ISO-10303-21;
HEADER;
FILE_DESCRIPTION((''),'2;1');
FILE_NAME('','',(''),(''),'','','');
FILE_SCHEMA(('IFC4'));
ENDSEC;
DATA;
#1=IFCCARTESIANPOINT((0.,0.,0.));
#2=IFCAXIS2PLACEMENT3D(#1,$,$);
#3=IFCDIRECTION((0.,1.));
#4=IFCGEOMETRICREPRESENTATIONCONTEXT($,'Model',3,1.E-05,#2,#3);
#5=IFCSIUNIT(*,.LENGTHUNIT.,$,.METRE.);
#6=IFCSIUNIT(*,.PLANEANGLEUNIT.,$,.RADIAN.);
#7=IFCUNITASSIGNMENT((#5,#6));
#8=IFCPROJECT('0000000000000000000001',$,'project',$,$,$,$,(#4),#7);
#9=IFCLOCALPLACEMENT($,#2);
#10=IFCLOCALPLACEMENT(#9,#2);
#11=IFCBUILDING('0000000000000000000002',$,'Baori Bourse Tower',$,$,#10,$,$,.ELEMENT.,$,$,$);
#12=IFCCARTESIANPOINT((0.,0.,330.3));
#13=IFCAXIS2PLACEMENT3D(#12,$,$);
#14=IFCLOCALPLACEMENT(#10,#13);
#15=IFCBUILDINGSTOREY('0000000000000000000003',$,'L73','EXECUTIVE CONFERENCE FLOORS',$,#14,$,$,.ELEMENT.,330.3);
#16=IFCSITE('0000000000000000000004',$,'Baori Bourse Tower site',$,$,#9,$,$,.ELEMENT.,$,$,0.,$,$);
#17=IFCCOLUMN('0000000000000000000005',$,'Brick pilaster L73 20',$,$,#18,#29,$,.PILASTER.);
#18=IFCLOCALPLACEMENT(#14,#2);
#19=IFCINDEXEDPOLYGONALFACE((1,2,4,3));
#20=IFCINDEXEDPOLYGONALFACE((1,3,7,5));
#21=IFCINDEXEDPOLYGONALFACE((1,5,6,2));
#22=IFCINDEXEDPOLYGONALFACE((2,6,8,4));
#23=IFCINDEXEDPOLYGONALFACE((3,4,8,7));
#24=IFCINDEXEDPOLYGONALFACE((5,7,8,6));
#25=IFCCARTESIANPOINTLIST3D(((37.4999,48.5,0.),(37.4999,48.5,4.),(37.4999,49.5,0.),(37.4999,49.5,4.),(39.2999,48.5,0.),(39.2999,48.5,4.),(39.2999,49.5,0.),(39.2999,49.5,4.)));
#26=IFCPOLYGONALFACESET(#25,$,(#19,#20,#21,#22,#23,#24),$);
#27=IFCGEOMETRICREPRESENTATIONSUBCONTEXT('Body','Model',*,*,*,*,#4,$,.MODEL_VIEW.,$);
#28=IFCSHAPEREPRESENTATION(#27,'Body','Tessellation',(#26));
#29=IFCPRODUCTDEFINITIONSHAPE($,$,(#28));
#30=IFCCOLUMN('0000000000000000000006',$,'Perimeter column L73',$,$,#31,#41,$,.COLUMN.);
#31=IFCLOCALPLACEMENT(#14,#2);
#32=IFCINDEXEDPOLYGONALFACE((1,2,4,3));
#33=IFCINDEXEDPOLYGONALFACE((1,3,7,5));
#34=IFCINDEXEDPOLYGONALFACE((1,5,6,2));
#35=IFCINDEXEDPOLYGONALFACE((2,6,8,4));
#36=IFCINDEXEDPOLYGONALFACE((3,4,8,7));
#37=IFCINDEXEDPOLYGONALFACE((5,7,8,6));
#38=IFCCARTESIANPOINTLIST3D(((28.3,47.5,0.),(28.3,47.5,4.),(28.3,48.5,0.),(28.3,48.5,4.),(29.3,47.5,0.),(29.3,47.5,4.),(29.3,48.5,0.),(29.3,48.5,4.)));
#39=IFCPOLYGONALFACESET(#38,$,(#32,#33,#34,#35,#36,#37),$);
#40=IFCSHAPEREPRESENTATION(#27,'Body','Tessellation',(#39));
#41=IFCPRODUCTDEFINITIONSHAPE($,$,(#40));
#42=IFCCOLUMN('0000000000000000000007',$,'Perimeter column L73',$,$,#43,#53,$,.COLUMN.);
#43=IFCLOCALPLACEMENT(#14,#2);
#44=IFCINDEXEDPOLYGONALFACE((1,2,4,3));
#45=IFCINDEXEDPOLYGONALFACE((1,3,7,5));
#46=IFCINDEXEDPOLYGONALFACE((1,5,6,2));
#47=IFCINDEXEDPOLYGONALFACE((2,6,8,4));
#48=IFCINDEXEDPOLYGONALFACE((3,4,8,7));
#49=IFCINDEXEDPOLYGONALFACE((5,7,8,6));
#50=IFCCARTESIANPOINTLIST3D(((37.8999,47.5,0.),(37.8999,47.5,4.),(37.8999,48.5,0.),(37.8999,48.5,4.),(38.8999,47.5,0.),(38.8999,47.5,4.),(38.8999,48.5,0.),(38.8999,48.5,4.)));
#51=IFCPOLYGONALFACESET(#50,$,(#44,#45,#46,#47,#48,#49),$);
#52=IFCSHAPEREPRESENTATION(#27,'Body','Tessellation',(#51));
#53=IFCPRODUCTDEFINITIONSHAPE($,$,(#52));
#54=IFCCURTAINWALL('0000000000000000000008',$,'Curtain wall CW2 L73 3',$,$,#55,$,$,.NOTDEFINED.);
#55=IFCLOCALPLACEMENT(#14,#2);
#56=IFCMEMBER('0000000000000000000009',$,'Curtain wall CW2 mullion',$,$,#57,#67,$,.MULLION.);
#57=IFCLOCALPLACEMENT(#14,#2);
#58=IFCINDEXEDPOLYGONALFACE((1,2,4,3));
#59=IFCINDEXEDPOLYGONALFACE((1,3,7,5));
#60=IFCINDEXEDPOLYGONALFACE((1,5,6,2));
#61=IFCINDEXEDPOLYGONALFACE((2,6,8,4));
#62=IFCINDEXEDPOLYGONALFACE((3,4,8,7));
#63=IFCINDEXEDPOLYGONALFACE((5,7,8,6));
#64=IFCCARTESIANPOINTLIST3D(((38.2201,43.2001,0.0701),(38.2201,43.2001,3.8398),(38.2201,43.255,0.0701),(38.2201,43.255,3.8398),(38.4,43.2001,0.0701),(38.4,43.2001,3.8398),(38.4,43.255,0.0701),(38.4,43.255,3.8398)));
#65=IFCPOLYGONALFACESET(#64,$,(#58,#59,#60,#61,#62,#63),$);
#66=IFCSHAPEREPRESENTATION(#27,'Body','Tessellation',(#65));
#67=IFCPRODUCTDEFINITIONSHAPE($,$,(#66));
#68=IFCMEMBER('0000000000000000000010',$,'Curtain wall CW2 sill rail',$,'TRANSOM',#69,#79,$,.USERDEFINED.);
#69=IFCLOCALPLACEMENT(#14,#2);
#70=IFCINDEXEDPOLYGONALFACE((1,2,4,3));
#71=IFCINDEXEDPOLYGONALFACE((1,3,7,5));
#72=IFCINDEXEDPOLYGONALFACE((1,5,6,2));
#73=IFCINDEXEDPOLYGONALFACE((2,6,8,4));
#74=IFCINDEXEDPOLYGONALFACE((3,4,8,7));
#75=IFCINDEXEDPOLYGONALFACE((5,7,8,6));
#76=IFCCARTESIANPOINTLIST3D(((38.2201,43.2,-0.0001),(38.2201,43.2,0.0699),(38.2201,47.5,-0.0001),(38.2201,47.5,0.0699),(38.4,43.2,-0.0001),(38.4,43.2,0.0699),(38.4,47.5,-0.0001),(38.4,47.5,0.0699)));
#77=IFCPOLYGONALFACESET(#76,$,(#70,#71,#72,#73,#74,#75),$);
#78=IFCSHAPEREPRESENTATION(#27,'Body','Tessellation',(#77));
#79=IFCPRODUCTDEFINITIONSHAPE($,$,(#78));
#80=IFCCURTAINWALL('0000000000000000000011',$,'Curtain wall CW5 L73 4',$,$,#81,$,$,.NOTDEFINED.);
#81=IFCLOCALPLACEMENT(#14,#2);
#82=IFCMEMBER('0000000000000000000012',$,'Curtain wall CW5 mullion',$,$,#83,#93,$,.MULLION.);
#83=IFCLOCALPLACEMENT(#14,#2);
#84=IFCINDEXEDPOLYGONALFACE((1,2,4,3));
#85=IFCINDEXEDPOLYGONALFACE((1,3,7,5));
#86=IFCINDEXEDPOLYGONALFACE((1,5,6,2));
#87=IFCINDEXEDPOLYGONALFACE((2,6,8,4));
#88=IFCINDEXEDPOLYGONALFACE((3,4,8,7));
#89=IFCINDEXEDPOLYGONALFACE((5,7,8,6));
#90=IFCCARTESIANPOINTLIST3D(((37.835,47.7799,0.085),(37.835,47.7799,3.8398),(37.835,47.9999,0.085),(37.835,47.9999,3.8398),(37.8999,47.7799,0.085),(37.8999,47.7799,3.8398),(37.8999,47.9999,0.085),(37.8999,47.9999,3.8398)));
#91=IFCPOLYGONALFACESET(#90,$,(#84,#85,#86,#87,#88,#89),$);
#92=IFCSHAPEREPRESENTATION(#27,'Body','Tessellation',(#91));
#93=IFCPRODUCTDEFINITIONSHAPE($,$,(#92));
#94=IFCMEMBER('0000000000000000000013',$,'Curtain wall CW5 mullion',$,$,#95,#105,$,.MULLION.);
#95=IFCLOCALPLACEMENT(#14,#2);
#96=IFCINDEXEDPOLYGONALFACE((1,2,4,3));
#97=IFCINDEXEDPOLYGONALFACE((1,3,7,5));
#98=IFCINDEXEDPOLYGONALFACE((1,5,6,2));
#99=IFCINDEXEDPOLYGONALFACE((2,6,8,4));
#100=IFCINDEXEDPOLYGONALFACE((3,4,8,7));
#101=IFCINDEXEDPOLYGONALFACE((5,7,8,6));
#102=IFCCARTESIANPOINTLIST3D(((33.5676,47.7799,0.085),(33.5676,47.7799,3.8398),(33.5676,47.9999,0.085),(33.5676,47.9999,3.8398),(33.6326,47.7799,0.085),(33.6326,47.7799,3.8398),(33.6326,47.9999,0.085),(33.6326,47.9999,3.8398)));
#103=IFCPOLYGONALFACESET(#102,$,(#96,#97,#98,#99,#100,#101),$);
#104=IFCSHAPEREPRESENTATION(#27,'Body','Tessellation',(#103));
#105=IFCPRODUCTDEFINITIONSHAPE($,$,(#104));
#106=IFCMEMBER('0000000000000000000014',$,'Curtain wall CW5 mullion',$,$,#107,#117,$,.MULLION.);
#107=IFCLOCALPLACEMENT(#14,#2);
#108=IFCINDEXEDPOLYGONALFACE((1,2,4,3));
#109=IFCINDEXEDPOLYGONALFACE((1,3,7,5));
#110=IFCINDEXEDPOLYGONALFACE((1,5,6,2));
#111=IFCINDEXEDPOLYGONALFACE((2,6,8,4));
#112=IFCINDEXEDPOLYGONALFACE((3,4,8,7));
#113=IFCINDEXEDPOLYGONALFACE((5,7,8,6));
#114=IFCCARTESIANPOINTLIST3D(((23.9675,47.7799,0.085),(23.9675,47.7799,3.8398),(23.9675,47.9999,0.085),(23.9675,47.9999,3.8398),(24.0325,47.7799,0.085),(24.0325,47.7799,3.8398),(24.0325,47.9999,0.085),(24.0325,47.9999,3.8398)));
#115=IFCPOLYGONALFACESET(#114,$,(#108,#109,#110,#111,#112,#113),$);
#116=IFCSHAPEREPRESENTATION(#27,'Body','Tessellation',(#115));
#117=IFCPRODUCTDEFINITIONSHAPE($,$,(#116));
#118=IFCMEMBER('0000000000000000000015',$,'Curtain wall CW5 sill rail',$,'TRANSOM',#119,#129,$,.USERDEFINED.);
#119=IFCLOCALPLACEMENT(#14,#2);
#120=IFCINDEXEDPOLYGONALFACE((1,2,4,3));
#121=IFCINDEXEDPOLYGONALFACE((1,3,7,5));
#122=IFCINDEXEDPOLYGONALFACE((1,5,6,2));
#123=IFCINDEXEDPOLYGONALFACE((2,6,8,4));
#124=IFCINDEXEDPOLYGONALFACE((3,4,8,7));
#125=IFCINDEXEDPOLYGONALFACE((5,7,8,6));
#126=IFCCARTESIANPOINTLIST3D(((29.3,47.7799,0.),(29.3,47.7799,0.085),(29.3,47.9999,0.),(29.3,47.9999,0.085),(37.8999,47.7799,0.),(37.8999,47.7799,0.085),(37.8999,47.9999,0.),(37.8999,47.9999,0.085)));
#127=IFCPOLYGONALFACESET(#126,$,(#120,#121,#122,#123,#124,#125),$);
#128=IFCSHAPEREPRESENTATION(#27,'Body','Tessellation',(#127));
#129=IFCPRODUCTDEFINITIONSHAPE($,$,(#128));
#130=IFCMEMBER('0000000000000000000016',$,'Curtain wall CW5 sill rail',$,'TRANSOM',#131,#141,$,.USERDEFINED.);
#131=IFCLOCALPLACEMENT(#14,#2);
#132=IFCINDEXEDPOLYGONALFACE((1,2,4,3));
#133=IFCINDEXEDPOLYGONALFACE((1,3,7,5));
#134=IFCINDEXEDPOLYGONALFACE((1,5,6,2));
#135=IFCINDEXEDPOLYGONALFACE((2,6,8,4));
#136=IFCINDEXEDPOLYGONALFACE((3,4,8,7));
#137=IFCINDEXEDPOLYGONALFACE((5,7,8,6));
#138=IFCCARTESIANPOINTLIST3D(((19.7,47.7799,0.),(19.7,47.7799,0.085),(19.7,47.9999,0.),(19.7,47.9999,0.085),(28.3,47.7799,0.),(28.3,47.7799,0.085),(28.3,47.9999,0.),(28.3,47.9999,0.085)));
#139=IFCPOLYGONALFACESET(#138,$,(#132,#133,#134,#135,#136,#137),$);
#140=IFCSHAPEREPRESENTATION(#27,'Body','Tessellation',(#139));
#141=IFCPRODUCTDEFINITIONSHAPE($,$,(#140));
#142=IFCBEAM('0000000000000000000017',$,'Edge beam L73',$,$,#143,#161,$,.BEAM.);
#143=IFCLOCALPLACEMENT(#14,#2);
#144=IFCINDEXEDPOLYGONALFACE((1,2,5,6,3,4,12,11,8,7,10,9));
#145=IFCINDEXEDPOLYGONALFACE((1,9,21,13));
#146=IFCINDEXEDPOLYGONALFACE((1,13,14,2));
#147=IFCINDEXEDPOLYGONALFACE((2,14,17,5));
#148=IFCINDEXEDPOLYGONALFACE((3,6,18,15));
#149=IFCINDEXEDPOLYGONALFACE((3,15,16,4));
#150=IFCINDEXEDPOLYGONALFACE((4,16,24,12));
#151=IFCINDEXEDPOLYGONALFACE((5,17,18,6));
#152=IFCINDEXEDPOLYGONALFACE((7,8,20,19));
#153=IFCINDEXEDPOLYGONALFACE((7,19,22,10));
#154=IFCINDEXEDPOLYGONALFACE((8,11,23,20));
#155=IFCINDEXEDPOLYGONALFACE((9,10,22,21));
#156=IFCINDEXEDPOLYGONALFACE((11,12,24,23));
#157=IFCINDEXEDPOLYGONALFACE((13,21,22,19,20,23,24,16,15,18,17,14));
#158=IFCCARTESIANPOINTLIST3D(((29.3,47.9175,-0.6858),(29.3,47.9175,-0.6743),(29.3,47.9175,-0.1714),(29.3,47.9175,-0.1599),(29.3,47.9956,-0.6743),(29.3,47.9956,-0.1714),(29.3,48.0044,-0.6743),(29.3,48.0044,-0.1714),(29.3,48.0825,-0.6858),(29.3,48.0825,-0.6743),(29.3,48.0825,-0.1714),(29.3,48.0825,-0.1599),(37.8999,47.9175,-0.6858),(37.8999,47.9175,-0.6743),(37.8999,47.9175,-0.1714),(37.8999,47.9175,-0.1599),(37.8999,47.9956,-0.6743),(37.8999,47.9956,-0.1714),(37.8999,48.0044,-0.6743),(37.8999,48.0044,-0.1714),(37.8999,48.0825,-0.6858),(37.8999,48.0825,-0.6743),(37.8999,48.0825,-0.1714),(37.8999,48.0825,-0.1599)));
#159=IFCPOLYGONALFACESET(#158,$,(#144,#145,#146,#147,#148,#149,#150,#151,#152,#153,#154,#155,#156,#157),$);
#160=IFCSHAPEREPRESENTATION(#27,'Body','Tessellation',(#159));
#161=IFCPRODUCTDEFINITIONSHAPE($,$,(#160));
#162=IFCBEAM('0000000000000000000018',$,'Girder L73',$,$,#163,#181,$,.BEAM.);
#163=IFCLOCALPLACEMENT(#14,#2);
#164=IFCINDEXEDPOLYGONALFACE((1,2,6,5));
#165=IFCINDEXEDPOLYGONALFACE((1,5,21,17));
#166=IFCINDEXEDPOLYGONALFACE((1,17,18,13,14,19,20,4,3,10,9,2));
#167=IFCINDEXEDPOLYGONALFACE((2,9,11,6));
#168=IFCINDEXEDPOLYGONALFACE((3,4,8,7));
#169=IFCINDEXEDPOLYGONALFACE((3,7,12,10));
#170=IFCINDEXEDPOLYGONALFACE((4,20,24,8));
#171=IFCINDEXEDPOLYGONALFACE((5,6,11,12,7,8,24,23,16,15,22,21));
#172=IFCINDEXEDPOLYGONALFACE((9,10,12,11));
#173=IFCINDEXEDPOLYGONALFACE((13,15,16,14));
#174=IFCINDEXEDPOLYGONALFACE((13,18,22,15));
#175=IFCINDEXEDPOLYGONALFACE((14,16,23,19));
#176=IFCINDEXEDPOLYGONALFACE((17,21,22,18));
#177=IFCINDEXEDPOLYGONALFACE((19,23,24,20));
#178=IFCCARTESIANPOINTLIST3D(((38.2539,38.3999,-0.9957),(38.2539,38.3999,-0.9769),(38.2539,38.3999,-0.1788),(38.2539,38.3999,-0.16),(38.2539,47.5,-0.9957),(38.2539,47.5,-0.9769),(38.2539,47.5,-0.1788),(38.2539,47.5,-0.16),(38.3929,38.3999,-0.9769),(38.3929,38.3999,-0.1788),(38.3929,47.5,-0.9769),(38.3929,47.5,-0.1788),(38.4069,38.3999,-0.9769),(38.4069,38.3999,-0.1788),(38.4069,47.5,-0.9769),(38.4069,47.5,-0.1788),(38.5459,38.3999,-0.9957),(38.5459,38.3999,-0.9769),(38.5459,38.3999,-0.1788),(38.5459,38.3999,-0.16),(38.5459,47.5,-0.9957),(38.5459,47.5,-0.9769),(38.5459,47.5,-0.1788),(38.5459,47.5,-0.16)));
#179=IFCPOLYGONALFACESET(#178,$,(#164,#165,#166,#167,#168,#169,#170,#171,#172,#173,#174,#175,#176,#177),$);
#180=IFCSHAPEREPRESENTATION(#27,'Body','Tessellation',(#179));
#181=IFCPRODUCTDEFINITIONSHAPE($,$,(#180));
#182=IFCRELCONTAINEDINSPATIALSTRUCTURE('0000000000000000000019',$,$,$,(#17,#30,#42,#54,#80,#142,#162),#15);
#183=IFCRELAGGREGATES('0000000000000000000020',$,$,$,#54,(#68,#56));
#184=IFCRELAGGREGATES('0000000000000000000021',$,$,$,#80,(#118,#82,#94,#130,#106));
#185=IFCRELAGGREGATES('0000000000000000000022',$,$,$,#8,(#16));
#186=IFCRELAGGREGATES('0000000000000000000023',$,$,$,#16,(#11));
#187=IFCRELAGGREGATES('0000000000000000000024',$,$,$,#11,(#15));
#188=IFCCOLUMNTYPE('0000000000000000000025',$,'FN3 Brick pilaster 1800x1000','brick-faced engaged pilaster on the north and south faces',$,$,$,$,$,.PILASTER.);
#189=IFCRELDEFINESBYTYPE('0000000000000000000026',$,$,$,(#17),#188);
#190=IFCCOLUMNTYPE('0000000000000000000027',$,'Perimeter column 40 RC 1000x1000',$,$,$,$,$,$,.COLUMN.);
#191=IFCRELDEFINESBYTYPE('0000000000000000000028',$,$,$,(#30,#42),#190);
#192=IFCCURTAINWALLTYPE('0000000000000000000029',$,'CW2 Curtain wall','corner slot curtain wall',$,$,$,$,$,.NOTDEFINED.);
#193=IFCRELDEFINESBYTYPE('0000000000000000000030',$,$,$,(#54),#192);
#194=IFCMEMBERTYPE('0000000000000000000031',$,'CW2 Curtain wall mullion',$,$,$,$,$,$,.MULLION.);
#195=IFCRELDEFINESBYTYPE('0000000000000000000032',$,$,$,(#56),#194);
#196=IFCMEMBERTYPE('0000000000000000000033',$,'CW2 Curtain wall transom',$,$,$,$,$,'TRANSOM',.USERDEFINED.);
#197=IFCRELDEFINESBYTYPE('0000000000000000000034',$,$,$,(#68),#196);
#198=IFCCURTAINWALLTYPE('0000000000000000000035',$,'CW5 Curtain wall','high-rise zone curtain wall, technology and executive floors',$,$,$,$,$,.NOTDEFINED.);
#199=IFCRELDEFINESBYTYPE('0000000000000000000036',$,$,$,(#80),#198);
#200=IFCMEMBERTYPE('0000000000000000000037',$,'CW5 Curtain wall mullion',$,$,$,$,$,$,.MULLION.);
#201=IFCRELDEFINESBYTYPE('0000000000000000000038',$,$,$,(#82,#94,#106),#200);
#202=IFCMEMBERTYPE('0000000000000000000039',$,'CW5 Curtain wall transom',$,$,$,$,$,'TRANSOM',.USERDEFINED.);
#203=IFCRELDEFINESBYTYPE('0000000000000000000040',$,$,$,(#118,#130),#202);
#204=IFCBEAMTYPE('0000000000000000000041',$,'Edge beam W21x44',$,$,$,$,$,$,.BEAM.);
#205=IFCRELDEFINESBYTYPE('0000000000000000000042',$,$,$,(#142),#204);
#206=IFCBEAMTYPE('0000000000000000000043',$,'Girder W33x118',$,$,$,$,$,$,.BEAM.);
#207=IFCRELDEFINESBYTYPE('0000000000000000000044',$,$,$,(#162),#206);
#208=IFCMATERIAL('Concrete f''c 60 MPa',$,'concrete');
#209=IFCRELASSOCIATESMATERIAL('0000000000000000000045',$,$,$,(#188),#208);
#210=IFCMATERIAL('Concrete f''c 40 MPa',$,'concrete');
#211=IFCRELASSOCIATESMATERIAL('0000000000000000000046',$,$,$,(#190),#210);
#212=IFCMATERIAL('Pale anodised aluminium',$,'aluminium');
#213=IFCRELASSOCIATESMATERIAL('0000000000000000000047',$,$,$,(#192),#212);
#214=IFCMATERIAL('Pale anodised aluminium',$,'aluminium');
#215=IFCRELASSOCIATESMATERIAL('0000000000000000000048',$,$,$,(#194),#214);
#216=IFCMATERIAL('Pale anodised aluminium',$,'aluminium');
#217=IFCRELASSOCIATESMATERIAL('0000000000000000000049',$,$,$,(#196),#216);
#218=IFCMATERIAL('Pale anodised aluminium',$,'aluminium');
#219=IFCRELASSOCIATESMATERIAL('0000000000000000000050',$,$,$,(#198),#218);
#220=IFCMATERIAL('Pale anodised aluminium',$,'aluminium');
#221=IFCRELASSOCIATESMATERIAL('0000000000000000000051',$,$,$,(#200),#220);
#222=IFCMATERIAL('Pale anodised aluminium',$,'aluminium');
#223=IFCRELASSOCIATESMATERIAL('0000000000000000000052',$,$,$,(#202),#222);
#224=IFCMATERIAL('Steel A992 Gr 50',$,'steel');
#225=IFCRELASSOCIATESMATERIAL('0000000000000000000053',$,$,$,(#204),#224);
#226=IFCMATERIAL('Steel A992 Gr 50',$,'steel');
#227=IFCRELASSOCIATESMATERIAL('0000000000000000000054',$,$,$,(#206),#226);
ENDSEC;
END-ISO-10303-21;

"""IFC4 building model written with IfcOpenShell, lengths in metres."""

from ifc_helpers import new_model, si_unit, direction, frame, origin, origin_2d, place, context, subcontext, project, spatial, rectangle, i_section, extrude, material, material_profile, profile_set, type_object, element, aggregate, save


model = new_model("IFC4")

# Units and contexts
model_context = context("Model", 3, precision=1e-05, world=origin(), true_north=direction((0.0, 1.0)))
body_context = subcontext(model_context, "Body", "Model", "MODEL_VIEW")
ifc_project = project(units=[si_unit("LENGTHUNIT", "METRE"), si_unit("PLANEANGLEUNIT", "RADIAN")], contexts=[model_context])

# Site, building, storey
site_placement = place(None, origin())
site = spatial("IfcSite", under=ifc_project, at=site_placement, Name="Baori Bourse Tower site", CompositionType="ELEMENT", RefElevation=0.0)
building_placement = place(site_placement, origin())
building = spatial("IfcBuilding", under=site, at=building_placement, Name="Baori Bourse Tower", CompositionType="ELEMENT")
storey_placement = place(building_placement, frame((0.0, 0.0, 330.3)))
storey = spatial("IfcBuildingStorey", under=building, at=storey_placement, Name="L73", Description="EXECUTIVE CONFERENCE FLOORS", CompositionType="ELEMENT", Elevation=330.3)

# Columns
ifc_material_1 = material(Name="Concrete f'c 60 MPa", Category="concrete")
ifc_material_profile_1 = material_profile(ifc_material_1, rectangle(XDim=1.8, YDim=1.0, at=origin_2d()), Name="RC 1800x1000")
ifc_profile_set_1 = profile_set([ifc_material_profile_1], Name="Concrete f'c 60 MPa")
column_type_1 = type_object("IfcColumnType", Name="FN3 Brick pilaster 1800x1000", Description="brick-faced engaged pilaster on the north and south faces", PredefinedType="PILASTER", material=ifc_profile_set_1)
column_placement = place(storey_placement, frame((38.3999, 49.0, 0.0), z_axis=(0.0, 0.0, 1.0), x_axis=(1.0, 0.0, 0.0)))
element("IfcColumn", 1, at=column_placement, inside=storey, type_object=column_type_1, Name="Brick pilaster L73 20", PredefinedType="PILASTER", context=body_context, shape_type="SweptSolid", body=[
    extrude(rectangle(XDim=1.8, YDim=1.0, at=origin_2d()), origin(), (0.0, 0.0, 1.0), 4.0),
])
ifc_material_2 = material(Name="Concrete f'c 40 MPa", Category="concrete")
ifc_material_profile_2 = material_profile(ifc_material_2, rectangle(XDim=1.0, YDim=1.0, at=origin_2d()), Name="RC 1000x1000")
ifc_profile_set_2 = profile_set([ifc_material_profile_2], Name="Concrete f'c 40 MPa")
column_type_2 = type_object("IfcColumnType", Name="Perimeter column 40 RC 1000x1000", PredefinedType="COLUMN", material=ifc_profile_set_2)
for number, where, z_axis, x_axis, name in (
    (2, (28.8, 48.0, 0.0), (0.0, 0.0, 1.0), (1.0, 0.0, 0.0), "Perimeter column L73"),
    (3, (38.3999, 48.0, 0.0), (0.0, 0.0, 1.0), (1.0, 0.0, 0.0), "Perimeter column L73"),
):
    element("IfcColumn", number, at=place(storey_placement, frame(where, z_axis=z_axis, x_axis=x_axis)), inside=storey, type_object=column_type_2, Name=name, PredefinedType="COLUMN", context=body_context, shape_type="SweptSolid", body=[
        extrude(rectangle(XDim=1.0, YDim=1.0, at=origin_2d()), origin(), (0.0, 0.0, 1.0), 4.0),
    ])

# Curtain walls, members
ifc_material_3 = material(Name="Pale anodised aluminium", Category="aluminium")
curtain_wall_type_1 = type_object("IfcCurtainWallType", Name="CW2 Curtain wall", Description="corner slot curtain wall", PredefinedType="NOTDEFINED", material=ifc_material_3)
curtain_wall_1_placement = place(storey_placement, origin())
curtain_wall_1 = element("IfcCurtainWall", 4, at=curtain_wall_1_placement, inside=storey, type_object=curtain_wall_type_1, Name="Curtain wall CW2 L73 3", PredefinedType="NOTDEFINED")
ifc_material_4 = material(Name="Pale anodised aluminium", Category="aluminium")
ifc_material_profile_3 = material_profile(ifc_material_4, rectangle(XDim=0.1799, YDim=0.0549, at=origin_2d()), Name="Mullion 55x180")
ifc_profile_set_3 = profile_set([ifc_material_profile_3], Name="Pale anodised aluminium")
member_type_1 = type_object("IfcMemberType", Name="CW2 Curtain wall mullion", PredefinedType="MULLION", material=ifc_profile_set_3)
member_1_placement = place(storey_placement, frame((38.3101, 43.2275, 0.0701), z_axis=(0.0, 0.0, 1.0), x_axis=(-1.0, 0.0, 0.0)))
member_1 = element("IfcMember", 5, at=member_1_placement, type_object=member_type_1, Name="Curtain wall CW2 mullion", PredefinedType="MULLION", context=body_context, shape_type="SweptSolid", body=[
    extrude(rectangle(XDim=0.1799, YDim=0.0549, at=origin_2d()), origin(), (0.0, 0.0, 1.0), 3.7698),
])
ifc_material_5 = material(Name="Pale anodised aluminium", Category="aluminium")
ifc_material_profile_4 = material_profile(ifc_material_5, rectangle(XDim=0.1799, YDim=0.0701, at=origin_2d()), Name="Transom 70x180")
ifc_profile_set_4 = profile_set([ifc_material_profile_4], Name="Pale anodised aluminium")
member_type_2 = type_object("IfcMemberType", Name="CW2 Curtain wall transom", ElementType="TRANSOM", PredefinedType="USERDEFINED", material=ifc_profile_set_4)
member_2_placement = place(storey_placement, frame((38.3101, 43.2, 0.0349), z_axis=(0.0, 1.0, 0.0), x_axis=(-1.0, 0.0, 0.0)))
member_2 = element("IfcMember", 6, at=member_2_placement, type_object=member_type_2, Name="Curtain wall CW2 sill rail", ObjectType="TRANSOM", PredefinedType="USERDEFINED", context=body_context, shape_type="SweptSolid", body=[
    extrude(rectangle(XDim=0.1799, YDim=0.0701, at=origin_2d()), origin(), (0.0, 0.0, 1.0), 4.3),
])
ifc_material_6 = material(Name="Pale anodised aluminium", Category="aluminium")
curtain_wall_type_2 = type_object("IfcCurtainWallType", Name="CW5 Curtain wall", Description="high-rise zone curtain wall, technology and executive floors", PredefinedType="NOTDEFINED", material=ifc_material_6)
curtain_wall_2_placement = place(storey_placement, origin())
curtain_wall_2 = element("IfcCurtainWall", 7, at=curtain_wall_2_placement, inside=storey, type_object=curtain_wall_type_2, Name="Curtain wall CW5 L73 4", PredefinedType="NOTDEFINED")
ifc_material_7 = material(Name="Pale anodised aluminium", Category="aluminium")
ifc_material_profile_5 = material_profile(ifc_material_7, rectangle(XDim=0.22, YDim=0.0649, at=origin_2d()), Name="Mullion 65x220")
ifc_profile_set_5 = profile_set([ifc_material_profile_5], Name="Pale anodised aluminium")
member_type_3 = type_object("IfcMemberType", Name="CW5 Curtain wall mullion", PredefinedType="MULLION", material=ifc_profile_set_5)
member_3_placement = place(storey_placement, frame((37.8674, 47.8899, 0.085), z_axis=(0.0, 0.0, 1.0), x_axis=(0.0, -1.0, 0.0)))
member_3 = element("IfcMember", 8, at=member_3_placement, type_object=member_type_3, Name="Curtain wall CW5 mullion", PredefinedType="MULLION", context=body_context, shape_type="SweptSolid", body=[
    extrude(rectangle(XDim=0.22, YDim=0.0649, at=origin_2d()), origin(), (0.0, 0.0, 1.0), 3.7549),
])
member_4_placement = place(storey_placement, frame((33.6001, 47.8899, 0.085), z_axis=(0.0, 0.0, 1.0), x_axis=(0.0, -1.0, 0.0)))
member_4 = element("IfcMember", 9, at=member_4_placement, type_object=member_type_3, Name="Curtain wall CW5 mullion", PredefinedType="MULLION", context=body_context, shape_type="SweptSolid", body=[
    extrude(rectangle(XDim=0.22, YDim=0.0649, at=origin_2d()), origin(), (0.0, 0.0, 1.0), 3.7549),
])
member_5_placement = place(storey_placement, frame((24.0, 47.8899, 0.085), z_axis=(0.0, 0.0, 1.0), x_axis=(0.0, -1.0, 0.0)))
member_5 = element("IfcMember", 10, at=member_5_placement, type_object=member_type_3, Name="Curtain wall CW5 mullion", PredefinedType="MULLION", context=body_context, shape_type="SweptSolid", body=[
    extrude(rectangle(XDim=0.22, YDim=0.0649, at=origin_2d()), origin(), (0.0, 0.0, 1.0), 3.7549),
])
ifc_material_8 = material(Name="Pale anodised aluminium", Category="aluminium")
ifc_material_profile_6 = material_profile(ifc_material_8, rectangle(XDim=0.22, YDim=0.085, at=origin_2d()), Name="Transom 85x220")
ifc_profile_set_6 = profile_set([ifc_material_profile_6], Name="Pale anodised aluminium")
member_type_4 = type_object("IfcMemberType", Name="CW5 Curtain wall transom", ElementType="TRANSOM", PredefinedType="USERDEFINED", material=ifc_profile_set_6)
member_6_placement = place(storey_placement, frame((37.8999, 47.8899, 0.0425), z_axis=(-1.0, 0.0, 0.0), x_axis=(0.0, -1.0, 0.0)))
member_6 = element("IfcMember", 11, at=member_6_placement, type_object=member_type_4, Name="Curtain wall CW5 sill rail", ObjectType="TRANSOM", PredefinedType="USERDEFINED", context=body_context, shape_type="SweptSolid", body=[
    extrude(rectangle(XDim=0.22, YDim=0.085, at=origin_2d()), origin(), (0.0, 0.0, 1.0), 8.5999),
])
member_7_placement = place(storey_placement, frame((28.3, 47.8899, 0.0425), z_axis=(-1.0, 0.0, 0.0), x_axis=(0.0, -1.0, 0.0)))
member_7 = element("IfcMember", 12, at=member_7_placement, type_object=member_type_4, Name="Curtain wall CW5 sill rail", ObjectType="TRANSOM", PredefinedType="USERDEFINED", context=body_context, shape_type="SweptSolid", body=[
    extrude(rectangle(XDim=0.22, YDim=0.085, at=origin_2d()), origin(), (0.0, 0.0, 1.0), 8.6001),
])

# Beams
ifc_material_9 = material(Name="Steel A992 Gr 50", Category="steel")
ifc_material_profile_7 = material_profile(ifc_material_9, i_section(OverallWidth=0.165, OverallDepth=0.5259, WebThickness=0.0088, FlangeThickness=0.0115, at=origin_2d()), Name="W21x44")
ifc_profile_set_7 = profile_set([ifc_material_profile_7], Name="Steel A992 Gr 50")
beam_type_1 = type_object("IfcBeamType", Name="Edge beam W21x44", PredefinedType="BEAM", material=ifc_profile_set_7)
beam_1_placement = place(storey_placement, frame((29.3, 48.0, -0.4229), z_axis=(1.0, 0.0, 0.0), x_axis=(0.0, 1.0, 0.0)))
element("IfcBeam", 13, at=beam_1_placement, inside=storey, type_object=beam_type_1, Name="Edge beam L73", PredefinedType="BEAM", context=body_context, shape_type="SweptSolid", body=[
    extrude(i_section(OverallWidth=0.165, OverallDepth=0.5259, WebThickness=0.0088, FlangeThickness=0.0115, at=origin_2d()), origin(), (0.0, 0.0, 1.0), 8.5999),
])
ifc_material_10 = material(Name="Steel A992 Gr 50", Category="steel")
ifc_material_profile_8 = material_profile(ifc_material_10, i_section(OverallWidth=0.292, OverallDepth=0.8357, WebThickness=0.0139, FlangeThickness=0.0188, at=origin_2d()), Name="W33x118")
ifc_profile_set_8 = profile_set([ifc_material_profile_8], Name="Steel A992 Gr 50")
beam_type_2 = type_object("IfcBeamType", Name="Girder W33x118", PredefinedType="BEAM", material=ifc_profile_set_8)
beam_2_placement = place(storey_placement, frame((38.3999, 38.3999, -0.5779), z_axis=(0.0, 1.0, 0.0), x_axis=(-1.0, 0.0, 0.0)))
element("IfcBeam", 14, at=beam_2_placement, inside=storey, type_object=beam_type_2, Name="Girder L73", PredefinedType="BEAM", context=body_context, shape_type="SweptSolid", body=[
    extrude(i_section(OverallWidth=0.292, OverallDepth=0.8357, WebThickness=0.0139, FlangeThickness=0.0188, at=origin_2d()), origin(), (0.0, 0.0, 1.0), 9.1001),
])

aggregate(curtain_wall_1, [member_2, member_1])
aggregate(curtain_wall_2, [member_6, member_3, member_4, member_7, member_5])

save(model, "model.ifc")
